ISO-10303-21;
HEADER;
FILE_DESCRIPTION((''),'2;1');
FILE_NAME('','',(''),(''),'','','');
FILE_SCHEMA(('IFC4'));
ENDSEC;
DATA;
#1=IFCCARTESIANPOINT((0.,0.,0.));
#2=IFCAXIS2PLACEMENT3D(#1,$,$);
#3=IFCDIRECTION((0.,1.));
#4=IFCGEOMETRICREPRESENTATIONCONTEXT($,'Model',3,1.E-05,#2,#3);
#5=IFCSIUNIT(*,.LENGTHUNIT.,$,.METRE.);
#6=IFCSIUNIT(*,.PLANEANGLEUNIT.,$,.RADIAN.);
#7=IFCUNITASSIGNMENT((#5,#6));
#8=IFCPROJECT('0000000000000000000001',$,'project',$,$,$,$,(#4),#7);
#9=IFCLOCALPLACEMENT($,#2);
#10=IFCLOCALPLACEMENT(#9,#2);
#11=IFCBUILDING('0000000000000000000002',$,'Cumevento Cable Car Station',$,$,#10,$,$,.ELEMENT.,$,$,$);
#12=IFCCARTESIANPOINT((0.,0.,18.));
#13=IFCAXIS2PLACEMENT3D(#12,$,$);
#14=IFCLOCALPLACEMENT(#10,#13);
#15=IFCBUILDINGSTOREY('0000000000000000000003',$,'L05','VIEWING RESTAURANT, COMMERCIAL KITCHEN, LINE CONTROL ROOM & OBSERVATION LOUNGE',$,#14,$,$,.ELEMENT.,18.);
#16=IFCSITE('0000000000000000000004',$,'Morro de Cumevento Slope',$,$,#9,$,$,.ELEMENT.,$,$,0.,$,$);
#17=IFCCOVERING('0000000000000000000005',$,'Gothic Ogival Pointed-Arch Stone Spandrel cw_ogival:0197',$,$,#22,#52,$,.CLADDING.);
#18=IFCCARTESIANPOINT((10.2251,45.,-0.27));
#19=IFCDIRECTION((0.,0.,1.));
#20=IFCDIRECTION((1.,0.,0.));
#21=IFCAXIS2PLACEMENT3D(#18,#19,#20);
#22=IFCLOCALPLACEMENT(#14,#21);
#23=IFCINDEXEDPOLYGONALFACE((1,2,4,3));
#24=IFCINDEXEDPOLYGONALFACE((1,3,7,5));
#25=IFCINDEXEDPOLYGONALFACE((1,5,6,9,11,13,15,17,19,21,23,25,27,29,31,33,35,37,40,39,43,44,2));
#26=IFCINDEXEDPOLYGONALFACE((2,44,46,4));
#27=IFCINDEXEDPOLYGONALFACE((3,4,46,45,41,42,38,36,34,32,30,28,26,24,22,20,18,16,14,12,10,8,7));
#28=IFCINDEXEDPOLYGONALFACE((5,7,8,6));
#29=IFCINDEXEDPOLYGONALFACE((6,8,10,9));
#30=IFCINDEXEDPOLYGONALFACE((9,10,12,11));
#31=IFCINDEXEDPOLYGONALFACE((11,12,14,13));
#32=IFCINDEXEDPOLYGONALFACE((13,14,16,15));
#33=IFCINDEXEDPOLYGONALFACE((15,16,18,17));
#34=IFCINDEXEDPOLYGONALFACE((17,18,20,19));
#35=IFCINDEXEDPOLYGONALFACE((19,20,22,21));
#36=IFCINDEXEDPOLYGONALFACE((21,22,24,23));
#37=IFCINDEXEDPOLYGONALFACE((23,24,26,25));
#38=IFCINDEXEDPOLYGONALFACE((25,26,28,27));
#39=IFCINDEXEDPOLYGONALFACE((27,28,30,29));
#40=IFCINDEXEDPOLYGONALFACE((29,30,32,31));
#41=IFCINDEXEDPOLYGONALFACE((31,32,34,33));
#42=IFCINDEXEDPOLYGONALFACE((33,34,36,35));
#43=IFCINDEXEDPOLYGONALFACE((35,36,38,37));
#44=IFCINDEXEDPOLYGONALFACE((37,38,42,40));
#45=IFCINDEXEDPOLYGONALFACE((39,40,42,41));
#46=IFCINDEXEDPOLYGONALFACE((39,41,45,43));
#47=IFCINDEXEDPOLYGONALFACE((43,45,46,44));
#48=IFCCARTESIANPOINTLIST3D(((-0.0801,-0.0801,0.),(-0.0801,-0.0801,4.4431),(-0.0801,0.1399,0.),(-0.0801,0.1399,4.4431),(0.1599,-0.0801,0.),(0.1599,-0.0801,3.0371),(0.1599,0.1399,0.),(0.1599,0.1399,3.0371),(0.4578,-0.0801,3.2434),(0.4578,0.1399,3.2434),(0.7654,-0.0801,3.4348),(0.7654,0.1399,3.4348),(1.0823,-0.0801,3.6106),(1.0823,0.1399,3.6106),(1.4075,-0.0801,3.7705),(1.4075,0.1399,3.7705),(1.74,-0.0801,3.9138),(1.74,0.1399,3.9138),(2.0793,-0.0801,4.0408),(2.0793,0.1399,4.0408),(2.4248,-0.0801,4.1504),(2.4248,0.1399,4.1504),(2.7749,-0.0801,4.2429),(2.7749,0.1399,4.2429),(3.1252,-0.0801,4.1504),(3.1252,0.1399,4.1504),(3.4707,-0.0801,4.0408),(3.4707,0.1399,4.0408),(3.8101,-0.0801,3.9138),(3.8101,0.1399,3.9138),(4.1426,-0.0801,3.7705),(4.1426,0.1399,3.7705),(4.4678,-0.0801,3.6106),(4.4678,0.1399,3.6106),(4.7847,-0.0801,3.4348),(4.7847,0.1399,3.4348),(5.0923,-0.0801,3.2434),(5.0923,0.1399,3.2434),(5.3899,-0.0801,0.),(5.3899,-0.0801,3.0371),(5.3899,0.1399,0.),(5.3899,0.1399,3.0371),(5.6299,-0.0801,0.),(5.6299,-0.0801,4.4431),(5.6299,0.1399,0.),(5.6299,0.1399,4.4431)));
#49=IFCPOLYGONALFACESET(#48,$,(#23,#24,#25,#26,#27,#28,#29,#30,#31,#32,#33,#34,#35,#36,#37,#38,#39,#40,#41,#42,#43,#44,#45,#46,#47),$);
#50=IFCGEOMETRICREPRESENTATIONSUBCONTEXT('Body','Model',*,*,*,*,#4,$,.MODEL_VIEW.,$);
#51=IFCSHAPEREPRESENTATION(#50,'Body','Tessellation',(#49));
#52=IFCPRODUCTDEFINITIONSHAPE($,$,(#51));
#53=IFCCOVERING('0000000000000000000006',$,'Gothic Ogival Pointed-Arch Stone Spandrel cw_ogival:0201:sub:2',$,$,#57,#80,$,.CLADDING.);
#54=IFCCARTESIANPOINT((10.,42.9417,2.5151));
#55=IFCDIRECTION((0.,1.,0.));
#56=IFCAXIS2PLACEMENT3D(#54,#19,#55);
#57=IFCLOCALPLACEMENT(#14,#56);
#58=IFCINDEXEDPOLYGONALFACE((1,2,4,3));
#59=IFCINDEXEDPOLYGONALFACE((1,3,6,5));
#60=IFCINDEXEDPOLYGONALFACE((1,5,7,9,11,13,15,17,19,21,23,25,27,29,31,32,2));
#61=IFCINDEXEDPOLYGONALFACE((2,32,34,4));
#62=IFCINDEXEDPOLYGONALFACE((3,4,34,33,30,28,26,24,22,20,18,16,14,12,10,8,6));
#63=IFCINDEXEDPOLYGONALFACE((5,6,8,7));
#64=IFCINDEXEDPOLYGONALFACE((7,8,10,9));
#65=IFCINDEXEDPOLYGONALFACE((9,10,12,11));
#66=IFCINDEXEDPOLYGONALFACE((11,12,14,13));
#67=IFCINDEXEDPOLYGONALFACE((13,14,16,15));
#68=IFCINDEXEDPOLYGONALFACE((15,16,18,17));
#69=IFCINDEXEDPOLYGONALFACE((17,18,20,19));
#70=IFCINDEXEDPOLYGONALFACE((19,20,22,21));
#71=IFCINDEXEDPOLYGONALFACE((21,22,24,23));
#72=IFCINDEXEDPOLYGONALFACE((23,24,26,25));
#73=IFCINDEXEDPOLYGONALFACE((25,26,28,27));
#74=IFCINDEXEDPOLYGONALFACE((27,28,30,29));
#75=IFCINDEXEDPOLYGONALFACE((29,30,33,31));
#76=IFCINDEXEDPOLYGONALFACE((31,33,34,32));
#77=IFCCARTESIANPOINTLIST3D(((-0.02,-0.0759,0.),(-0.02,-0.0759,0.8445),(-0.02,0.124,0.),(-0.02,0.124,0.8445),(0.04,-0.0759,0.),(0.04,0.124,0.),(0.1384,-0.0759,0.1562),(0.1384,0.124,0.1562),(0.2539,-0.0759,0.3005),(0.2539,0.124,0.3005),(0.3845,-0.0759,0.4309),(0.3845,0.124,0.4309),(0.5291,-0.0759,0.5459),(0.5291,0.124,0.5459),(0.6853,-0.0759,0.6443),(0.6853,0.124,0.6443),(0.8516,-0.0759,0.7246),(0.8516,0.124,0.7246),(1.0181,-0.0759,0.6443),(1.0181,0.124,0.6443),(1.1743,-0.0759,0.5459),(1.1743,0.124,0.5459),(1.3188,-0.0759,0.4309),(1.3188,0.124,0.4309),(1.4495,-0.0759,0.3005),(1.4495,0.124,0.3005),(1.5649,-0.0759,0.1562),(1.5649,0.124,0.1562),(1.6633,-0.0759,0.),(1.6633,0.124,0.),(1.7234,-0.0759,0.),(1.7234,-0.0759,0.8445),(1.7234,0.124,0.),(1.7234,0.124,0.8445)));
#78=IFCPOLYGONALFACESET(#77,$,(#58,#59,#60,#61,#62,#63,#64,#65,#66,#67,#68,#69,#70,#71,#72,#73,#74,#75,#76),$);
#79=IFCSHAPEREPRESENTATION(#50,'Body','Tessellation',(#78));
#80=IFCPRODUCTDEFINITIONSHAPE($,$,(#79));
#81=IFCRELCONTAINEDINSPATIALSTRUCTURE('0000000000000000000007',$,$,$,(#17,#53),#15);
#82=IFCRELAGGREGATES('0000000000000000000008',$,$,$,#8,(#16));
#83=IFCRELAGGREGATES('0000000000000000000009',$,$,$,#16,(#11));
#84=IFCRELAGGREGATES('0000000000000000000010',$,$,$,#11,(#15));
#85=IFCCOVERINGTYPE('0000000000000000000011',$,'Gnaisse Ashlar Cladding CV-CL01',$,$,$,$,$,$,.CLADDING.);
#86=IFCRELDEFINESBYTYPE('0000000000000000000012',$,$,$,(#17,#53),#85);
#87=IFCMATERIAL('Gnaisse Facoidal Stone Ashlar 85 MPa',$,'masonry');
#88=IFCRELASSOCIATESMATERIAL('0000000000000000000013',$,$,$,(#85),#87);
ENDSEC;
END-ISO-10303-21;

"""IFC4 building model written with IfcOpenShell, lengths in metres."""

from ifc_helpers import new_model, si_unit, direction, frame, origin, place, context, subcontext, project, spatial, polyline, outline, extrude, material, type_object, element, save


model = new_model("IFC4")

# Units and contexts
model_context = context("Model", 3, precision=1e-05, world=origin(), true_north=direction((0.0, 1.0)))
body_context = subcontext(model_context, "Body", "Model", "MODEL_VIEW")
ifc_project = project(units=[si_unit("LENGTHUNIT", "METRE"), si_unit("PLANEANGLEUNIT", "RADIAN")], contexts=[model_context])

# Site, building, storey
site_placement = place(None, origin())
site = spatial("IfcSite", under=ifc_project, at=site_placement, Name="Morro de Cumevento Slope", CompositionType="ELEMENT", RefElevation=0.0)
building_placement = place(site_placement, origin())
building = spatial("IfcBuilding", under=site, at=building_placement, Name="Cumevento Cable Car Station", CompositionType="ELEMENT")
storey_placement = place(building_placement, frame((0.0, 0.0, 18.0)))
storey = spatial("IfcBuildingStorey", under=building, at=storey_placement, Name="L05", Description="VIEWING RESTAURANT, COMMERCIAL KITCHEN, LINE CONTROL ROOM & OBSERVATION LOUNGE", CompositionType="ELEMENT", Elevation=18.0)

# Coverings
ifc_material_1 = material(Name="Gnaisse Facoidal Stone Ashlar 85 MPa", Category="masonry")
covering_type = type_object("IfcCoveringType", Name="Gnaisse Ashlar Cladding CV-CL01", PredefinedType="CLADDING", material=ifc_material_1)
covering_1_placement = place(storey_placement, frame((10.2251, 45.0, -0.27), z_axis=(0.0, 0.0, 1.0), x_axis=(1.0, 0.0, 0.0)))
element("IfcCovering", 1, at=covering_1_placement, inside=storey, type_object=covering_type, Name="Gothic Ogival Pointed-Arch Stone Spandrel cw_ogival:0197", PredefinedType="CLADDING", context=body_context, shape_type="SweptSolid", body=[
    extrude(outline(polyline([(-0.0801, 0.0), (-0.0801, 4.4431), (5.6299, 4.4431), (5.6299, 0.0), (5.3899, 0.0), (5.3899, 3.0371), (5.0923, 3.2434), (4.7847, 3.4348), (4.4678, 3.6106), (4.1426, 3.7705), (3.8101, 3.9138), (3.4707, 4.0408), (3.1252, 4.1504), (2.7749, 4.2429), (2.4248, 4.1504), (2.0793, 4.0408), (1.74, 3.9138), (1.4075, 3.7705), (1.0823, 3.6106), (0.7654, 3.4348), (0.4578, 3.2434), (0.1599, 3.0371), (0.1599, 0.0), (-0.0801, 0.0)])), frame((0.0, 0.1399, 0.0), z_axis=(0.0, -1.0, 0.0), x_axis=(1.0, 0.0, 0.0)), (0.0, 0.0, 1.0), 0.22),
])
covering_2_placement = place(storey_placement, frame((10.0, 42.9417, 2.5151), z_axis=(0.0, 0.0, 1.0), x_axis=(0.0, 1.0, 0.0)))
element("IfcCovering", 2, at=covering_2_placement, inside=storey, type_object=covering_type, Name="Gothic Ogival Pointed-Arch Stone Spandrel cw_ogival:0201:sub:2", PredefinedType="CLADDING", context=body_context, shape_type="SweptSolid", body=[
    extrude(outline(polyline([(-0.02, 0.0), (-0.02, 0.8445), (1.7234, 0.8445), (1.7234, 0.0), (1.6633, 0.0), (1.5649, 0.1562), (1.4495, 0.3005), (1.3188, 0.4309), (1.1743, 0.5459), (1.0181, 0.6443), (0.8516, 0.7246), (0.6853, 0.6443), (0.5291, 0.5459), (0.3845, 0.4309), (0.2539, 0.3005), (0.1384, 0.1562), (0.04, 0.0), (-0.02, 0.0)])), frame((0.0, 0.124, 0.0), z_axis=(0.0, -1.0, 0.0), x_axis=(1.0, 0.0, 0.0)), (0.0, 0.0, 1.0), 0.2),
])

save(model, "model.ifc")
